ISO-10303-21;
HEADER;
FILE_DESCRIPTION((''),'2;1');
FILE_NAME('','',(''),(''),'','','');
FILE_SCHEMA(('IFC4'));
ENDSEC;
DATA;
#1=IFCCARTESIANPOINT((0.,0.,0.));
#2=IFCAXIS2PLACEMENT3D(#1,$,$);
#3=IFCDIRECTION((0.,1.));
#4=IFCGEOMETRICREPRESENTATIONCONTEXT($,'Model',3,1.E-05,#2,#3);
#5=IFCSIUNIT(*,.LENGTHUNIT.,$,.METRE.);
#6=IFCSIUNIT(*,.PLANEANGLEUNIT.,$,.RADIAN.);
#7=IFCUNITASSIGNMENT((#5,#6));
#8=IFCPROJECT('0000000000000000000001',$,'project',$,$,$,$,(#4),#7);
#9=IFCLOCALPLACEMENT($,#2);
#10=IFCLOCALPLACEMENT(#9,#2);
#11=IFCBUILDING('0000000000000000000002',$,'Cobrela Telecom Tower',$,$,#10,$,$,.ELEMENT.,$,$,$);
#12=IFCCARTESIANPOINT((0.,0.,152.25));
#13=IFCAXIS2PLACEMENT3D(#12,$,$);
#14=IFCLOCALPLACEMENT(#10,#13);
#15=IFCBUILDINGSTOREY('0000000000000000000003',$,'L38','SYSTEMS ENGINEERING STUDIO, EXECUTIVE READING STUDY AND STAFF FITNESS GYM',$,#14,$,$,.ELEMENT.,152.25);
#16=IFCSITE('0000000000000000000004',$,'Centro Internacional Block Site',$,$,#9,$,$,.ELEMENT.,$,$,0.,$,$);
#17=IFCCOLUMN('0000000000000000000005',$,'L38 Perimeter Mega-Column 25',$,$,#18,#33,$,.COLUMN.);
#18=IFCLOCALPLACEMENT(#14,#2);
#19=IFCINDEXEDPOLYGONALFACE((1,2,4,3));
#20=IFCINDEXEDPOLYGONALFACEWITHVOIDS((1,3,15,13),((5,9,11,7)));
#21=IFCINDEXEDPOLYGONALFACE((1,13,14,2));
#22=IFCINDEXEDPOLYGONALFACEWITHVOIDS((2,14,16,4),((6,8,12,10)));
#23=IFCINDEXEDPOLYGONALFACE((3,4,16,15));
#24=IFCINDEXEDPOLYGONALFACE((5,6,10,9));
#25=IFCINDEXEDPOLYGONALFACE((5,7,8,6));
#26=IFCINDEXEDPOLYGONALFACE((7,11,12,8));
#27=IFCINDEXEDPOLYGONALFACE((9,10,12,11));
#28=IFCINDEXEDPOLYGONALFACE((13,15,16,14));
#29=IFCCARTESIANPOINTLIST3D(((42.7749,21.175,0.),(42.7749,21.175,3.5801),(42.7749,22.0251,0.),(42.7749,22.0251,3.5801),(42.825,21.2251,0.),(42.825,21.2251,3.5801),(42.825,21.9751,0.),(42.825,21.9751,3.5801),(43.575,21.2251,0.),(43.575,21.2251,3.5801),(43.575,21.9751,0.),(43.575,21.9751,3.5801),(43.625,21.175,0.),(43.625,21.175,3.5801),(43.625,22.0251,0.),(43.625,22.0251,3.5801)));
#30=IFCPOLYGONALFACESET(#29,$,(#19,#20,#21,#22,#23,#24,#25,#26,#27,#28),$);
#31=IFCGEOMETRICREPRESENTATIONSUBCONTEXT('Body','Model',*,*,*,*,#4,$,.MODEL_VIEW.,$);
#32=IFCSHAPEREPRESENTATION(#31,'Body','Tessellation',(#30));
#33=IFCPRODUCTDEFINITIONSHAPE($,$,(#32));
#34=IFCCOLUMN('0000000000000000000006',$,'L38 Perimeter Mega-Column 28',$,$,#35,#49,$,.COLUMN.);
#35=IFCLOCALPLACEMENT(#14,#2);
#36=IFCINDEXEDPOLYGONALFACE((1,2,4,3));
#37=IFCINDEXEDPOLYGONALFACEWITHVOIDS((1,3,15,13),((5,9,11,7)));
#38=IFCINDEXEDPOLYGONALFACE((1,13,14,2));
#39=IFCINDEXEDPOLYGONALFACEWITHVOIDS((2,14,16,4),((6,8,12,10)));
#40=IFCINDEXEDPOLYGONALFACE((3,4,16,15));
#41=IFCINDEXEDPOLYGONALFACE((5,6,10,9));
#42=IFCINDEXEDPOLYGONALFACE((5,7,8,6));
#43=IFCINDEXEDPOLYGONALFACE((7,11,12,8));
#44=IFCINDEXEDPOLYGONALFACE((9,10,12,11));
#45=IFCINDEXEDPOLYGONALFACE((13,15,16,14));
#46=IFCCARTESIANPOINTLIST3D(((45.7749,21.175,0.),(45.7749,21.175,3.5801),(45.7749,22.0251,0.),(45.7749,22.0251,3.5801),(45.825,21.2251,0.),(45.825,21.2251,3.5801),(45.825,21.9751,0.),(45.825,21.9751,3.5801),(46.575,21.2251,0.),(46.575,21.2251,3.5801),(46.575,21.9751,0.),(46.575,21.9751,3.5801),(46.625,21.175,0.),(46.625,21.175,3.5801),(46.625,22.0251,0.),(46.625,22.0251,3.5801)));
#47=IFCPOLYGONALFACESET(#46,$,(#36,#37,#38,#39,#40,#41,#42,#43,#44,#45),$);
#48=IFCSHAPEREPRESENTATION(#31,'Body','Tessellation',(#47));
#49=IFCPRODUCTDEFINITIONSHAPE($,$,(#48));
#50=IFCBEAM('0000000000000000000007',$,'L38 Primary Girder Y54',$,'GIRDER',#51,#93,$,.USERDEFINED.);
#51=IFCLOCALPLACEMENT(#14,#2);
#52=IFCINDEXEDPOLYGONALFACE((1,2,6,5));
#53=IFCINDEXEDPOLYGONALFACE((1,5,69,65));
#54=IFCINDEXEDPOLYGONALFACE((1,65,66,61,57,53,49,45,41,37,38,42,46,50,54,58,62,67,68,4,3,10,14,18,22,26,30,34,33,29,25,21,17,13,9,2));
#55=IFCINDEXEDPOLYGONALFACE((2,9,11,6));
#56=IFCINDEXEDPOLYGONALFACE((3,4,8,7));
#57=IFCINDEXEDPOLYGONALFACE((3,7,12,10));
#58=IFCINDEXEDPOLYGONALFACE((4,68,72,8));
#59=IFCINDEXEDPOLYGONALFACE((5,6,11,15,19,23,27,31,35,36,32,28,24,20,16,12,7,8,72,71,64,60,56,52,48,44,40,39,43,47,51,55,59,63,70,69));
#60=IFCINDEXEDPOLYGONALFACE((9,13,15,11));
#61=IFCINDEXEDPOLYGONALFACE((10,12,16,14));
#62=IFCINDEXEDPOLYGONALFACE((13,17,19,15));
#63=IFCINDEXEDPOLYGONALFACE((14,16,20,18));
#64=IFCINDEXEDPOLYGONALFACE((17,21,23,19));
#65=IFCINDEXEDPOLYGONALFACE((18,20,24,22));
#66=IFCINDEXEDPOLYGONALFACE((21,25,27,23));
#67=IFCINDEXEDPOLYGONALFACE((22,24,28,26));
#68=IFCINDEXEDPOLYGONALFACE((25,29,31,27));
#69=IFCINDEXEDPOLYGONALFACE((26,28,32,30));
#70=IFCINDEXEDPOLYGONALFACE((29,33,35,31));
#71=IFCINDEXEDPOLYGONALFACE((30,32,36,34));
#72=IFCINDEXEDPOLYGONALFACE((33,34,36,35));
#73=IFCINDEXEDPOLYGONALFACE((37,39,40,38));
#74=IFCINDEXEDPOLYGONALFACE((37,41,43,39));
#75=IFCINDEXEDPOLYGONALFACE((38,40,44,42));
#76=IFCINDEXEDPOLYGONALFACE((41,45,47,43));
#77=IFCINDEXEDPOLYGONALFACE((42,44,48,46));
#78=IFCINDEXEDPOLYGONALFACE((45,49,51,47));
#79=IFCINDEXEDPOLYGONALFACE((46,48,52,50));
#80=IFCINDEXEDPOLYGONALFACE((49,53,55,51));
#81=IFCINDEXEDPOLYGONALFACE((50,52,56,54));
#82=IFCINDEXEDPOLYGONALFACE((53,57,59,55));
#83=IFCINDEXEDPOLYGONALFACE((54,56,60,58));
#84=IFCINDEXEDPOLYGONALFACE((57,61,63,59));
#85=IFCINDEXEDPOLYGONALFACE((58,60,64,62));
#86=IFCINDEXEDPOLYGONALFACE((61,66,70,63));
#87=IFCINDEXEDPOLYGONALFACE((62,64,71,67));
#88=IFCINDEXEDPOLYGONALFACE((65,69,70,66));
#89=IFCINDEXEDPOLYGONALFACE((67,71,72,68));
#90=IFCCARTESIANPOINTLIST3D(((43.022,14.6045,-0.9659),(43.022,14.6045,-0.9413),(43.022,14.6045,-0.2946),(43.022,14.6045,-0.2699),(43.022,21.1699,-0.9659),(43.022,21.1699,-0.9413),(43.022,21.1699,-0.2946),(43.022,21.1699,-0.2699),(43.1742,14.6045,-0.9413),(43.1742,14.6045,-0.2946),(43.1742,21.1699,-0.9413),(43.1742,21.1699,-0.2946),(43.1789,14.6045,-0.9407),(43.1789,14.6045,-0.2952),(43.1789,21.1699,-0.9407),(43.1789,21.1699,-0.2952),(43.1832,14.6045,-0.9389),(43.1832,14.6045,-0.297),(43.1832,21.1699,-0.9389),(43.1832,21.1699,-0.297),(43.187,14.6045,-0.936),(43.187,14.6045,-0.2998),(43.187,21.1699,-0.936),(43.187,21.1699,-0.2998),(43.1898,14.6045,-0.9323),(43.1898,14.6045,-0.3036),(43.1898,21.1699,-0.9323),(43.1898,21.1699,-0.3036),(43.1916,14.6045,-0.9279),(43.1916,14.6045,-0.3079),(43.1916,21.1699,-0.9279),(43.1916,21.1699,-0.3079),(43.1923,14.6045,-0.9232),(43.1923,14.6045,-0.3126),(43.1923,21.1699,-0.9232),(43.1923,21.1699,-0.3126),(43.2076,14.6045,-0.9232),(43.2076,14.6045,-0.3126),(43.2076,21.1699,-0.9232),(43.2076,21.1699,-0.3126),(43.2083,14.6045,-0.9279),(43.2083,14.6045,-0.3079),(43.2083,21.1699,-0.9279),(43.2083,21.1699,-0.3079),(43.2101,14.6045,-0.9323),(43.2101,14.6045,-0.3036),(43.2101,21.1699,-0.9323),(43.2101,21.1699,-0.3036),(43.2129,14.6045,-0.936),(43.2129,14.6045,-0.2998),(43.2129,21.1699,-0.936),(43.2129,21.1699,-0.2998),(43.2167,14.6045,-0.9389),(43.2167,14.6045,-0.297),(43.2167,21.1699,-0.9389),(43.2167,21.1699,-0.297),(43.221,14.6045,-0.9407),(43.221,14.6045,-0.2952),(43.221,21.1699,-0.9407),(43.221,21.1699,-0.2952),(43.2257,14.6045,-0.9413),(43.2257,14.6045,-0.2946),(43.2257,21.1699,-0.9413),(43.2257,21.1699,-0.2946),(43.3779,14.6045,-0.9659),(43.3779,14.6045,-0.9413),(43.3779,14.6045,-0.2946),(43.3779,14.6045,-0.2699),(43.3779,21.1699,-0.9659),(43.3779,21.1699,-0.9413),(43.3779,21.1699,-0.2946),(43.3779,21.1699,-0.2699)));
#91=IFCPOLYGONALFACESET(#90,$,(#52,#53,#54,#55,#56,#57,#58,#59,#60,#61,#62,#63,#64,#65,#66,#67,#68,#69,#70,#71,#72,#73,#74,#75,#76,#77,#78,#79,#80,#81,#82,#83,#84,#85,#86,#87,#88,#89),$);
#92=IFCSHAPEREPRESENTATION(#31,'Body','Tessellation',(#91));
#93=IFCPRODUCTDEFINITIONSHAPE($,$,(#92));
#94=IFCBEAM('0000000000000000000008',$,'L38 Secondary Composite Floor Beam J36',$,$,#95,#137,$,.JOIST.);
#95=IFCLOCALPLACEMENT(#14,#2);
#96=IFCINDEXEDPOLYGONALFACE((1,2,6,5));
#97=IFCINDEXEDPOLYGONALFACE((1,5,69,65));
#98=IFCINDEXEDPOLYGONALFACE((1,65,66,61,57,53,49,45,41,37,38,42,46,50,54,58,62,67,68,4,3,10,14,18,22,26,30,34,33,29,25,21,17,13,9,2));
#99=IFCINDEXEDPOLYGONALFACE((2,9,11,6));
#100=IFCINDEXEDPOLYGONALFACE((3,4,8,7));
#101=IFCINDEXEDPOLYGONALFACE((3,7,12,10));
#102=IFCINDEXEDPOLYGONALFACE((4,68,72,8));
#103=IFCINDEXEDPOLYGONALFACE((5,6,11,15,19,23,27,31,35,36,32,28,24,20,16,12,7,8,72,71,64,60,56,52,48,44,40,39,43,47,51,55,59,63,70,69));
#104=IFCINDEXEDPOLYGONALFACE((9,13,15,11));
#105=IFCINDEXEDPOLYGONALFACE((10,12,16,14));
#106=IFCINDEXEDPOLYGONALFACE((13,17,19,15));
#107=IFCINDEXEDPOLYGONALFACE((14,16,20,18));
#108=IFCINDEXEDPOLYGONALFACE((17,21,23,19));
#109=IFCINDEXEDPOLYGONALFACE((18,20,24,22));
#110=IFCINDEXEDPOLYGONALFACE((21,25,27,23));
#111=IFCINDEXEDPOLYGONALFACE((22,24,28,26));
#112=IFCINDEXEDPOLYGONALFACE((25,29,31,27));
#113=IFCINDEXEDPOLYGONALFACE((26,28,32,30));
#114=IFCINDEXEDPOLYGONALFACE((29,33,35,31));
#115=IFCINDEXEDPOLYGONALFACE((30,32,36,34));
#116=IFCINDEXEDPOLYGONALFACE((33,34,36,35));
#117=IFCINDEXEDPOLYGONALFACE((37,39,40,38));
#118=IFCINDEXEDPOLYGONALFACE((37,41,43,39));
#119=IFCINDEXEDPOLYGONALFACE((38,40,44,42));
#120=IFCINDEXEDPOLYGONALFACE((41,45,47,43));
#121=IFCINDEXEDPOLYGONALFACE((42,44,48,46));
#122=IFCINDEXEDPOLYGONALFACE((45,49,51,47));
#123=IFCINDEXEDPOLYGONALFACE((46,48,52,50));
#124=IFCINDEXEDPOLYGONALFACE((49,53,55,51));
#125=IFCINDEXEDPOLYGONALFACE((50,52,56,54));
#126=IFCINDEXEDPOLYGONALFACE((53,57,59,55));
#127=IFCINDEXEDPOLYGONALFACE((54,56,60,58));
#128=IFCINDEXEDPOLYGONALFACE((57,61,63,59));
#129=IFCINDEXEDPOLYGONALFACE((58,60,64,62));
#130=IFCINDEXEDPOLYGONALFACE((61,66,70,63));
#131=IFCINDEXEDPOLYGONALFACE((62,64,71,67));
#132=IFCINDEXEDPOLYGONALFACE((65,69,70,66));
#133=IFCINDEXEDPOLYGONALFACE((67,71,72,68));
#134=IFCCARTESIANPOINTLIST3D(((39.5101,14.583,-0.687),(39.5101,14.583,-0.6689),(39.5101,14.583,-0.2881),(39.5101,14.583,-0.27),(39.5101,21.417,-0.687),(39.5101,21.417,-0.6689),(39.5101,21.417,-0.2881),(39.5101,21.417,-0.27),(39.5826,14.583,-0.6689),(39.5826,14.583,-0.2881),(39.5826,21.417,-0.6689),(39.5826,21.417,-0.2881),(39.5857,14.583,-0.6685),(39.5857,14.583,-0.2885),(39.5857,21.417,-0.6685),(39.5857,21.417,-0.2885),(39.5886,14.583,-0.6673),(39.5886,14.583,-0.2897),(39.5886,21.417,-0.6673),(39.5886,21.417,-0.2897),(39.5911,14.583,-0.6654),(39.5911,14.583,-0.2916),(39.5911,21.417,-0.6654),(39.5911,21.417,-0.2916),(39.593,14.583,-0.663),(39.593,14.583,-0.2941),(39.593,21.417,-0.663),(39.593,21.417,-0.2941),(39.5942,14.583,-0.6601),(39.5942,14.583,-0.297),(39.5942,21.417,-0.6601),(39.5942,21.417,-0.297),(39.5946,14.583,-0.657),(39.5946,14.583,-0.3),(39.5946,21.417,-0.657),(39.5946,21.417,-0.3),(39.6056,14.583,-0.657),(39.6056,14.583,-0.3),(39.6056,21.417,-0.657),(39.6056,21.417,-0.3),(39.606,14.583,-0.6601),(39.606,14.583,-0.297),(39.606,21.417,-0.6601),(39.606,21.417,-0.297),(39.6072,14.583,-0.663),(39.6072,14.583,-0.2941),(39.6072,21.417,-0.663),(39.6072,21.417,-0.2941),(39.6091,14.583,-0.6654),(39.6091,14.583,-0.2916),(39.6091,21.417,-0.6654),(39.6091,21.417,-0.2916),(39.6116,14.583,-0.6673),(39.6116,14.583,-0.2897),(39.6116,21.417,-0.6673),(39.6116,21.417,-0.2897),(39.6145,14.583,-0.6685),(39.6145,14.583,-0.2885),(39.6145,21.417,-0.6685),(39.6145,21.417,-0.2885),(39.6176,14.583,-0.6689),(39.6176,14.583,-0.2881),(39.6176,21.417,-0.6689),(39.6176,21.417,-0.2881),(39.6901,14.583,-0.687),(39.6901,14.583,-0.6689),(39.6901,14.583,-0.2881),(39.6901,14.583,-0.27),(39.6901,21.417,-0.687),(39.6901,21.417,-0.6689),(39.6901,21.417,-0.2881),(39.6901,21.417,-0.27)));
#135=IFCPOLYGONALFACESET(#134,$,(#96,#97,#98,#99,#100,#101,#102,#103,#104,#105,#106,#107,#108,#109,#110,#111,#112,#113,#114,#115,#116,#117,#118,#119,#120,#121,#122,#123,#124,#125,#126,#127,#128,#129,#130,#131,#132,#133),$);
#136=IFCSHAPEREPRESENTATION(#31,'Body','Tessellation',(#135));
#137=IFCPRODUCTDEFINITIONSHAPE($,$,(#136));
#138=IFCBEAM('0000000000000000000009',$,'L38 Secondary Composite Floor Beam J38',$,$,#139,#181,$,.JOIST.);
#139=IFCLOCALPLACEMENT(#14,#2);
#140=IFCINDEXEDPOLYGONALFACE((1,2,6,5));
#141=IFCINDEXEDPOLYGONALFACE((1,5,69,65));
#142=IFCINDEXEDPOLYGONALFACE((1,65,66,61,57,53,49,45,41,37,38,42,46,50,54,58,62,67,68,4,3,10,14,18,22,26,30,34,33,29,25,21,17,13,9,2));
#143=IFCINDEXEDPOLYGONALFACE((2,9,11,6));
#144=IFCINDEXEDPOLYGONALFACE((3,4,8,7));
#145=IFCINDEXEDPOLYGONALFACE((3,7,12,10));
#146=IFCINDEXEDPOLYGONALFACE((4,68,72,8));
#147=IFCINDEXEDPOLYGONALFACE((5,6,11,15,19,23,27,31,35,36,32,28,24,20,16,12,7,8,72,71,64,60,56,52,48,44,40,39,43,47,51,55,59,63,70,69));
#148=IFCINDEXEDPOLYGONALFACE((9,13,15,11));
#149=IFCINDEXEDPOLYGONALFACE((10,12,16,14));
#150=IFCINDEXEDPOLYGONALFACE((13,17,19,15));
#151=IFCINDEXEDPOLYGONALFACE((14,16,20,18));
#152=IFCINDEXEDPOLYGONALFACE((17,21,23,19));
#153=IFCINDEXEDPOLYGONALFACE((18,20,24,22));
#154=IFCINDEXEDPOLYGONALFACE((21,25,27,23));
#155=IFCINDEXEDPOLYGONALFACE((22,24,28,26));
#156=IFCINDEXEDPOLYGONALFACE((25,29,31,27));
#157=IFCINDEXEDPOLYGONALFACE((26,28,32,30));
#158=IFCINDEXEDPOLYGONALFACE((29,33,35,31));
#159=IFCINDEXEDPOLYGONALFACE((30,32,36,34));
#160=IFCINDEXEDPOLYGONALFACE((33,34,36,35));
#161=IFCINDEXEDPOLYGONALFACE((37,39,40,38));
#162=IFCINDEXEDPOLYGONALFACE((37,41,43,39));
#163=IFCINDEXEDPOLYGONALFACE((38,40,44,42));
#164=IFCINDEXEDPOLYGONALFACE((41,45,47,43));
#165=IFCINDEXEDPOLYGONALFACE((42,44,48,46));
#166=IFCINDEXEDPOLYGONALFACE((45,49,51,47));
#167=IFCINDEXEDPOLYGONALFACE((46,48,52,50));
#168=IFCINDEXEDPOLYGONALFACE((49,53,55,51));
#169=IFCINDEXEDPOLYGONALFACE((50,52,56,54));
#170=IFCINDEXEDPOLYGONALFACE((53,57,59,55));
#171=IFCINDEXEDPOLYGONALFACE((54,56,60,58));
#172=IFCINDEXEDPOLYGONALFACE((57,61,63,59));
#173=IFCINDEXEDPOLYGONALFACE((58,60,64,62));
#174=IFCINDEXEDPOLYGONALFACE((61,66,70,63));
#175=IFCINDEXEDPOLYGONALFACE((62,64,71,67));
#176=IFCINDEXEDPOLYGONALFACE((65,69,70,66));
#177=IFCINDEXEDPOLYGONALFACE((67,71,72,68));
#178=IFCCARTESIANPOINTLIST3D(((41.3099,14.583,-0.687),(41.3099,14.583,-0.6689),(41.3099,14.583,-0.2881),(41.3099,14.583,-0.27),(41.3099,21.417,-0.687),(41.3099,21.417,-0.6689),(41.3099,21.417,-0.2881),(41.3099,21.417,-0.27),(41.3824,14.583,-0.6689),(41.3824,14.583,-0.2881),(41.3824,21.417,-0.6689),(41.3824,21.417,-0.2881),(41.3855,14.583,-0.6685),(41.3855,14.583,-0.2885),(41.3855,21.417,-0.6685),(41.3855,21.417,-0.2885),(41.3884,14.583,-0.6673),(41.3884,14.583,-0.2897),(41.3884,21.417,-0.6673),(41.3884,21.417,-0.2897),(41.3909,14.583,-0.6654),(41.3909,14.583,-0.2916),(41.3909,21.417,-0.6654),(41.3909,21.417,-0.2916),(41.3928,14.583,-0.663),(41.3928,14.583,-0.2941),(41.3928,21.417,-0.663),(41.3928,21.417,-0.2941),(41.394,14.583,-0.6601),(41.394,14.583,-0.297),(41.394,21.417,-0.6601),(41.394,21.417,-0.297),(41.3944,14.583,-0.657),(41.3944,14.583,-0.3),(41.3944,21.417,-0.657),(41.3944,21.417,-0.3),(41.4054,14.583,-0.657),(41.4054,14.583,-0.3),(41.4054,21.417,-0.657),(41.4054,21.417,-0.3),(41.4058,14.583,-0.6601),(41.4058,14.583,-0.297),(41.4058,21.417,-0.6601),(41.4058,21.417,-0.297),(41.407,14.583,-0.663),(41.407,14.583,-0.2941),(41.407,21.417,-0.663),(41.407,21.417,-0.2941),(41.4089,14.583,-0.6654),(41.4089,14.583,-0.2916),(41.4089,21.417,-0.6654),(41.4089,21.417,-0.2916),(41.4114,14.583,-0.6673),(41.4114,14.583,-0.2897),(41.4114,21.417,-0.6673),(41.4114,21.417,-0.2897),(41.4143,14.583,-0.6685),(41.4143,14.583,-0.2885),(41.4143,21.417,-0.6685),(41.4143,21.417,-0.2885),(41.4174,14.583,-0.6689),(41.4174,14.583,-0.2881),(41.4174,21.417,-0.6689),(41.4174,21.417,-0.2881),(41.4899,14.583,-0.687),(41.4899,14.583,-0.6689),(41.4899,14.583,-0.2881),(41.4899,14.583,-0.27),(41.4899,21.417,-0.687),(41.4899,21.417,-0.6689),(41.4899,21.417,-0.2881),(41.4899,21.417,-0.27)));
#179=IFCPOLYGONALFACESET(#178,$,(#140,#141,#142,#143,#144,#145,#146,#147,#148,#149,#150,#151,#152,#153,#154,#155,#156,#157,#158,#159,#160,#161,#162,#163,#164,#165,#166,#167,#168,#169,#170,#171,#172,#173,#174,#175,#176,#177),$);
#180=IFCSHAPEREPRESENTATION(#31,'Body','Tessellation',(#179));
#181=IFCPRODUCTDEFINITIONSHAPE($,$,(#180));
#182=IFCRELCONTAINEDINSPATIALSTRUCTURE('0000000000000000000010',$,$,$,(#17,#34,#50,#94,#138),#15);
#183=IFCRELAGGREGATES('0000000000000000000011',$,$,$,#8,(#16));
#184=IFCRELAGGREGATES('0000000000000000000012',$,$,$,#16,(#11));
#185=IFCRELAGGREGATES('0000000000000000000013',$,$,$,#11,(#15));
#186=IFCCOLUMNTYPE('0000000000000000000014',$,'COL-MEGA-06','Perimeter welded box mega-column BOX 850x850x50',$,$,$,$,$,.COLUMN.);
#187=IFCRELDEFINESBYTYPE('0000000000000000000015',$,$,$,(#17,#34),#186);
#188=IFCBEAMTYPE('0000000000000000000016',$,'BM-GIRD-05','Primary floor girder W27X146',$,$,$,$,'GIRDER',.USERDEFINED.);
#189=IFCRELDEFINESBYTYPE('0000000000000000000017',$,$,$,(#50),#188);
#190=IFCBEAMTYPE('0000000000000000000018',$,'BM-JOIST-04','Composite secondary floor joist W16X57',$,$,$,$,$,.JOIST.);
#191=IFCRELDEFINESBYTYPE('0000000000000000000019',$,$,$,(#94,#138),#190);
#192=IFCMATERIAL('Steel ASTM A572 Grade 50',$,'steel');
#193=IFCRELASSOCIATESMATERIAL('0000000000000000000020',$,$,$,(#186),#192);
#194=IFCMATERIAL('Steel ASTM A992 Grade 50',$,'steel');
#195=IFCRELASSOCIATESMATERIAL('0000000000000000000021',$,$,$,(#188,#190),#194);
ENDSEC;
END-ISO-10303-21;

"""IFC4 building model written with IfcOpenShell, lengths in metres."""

from ifc_helpers import new_model, si_unit, direction, frame, origin, origin_2d, place, context, subcontext, project, spatial, hollow_rectangle, i_section, extrude, material, material_profile, profile_set, type_object, element, save


model = new_model("IFC4")

# Units and contexts
model_context = context("Model", 3, precision=1e-05, world=origin(), true_north=direction((0.0, 1.0)))
body_context = subcontext(model_context, "Body", "Model", "MODEL_VIEW")
ifc_project = project(units=[si_unit("LENGTHUNIT", "METRE"), si_unit("PLANEANGLEUNIT", "RADIAN")], contexts=[model_context])

# Site, building, storey
site_placement = place(None, origin())
site = spatial("IfcSite", under=ifc_project, at=site_placement, Name="Centro Internacional Block Site", CompositionType="ELEMENT", RefElevation=0.0)
building_placement = place(site_placement, origin())
building = spatial("IfcBuilding", under=site, at=building_placement, Name="Cobrela Telecom Tower", CompositionType="ELEMENT")
storey_placement = place(building_placement, frame((0.0, 0.0, 152.25)))
storey = spatial("IfcBuildingStorey", under=building, at=storey_placement, Name="L38", Description="SYSTEMS ENGINEERING STUDIO, EXECUTIVE READING STUDY AND STAFF FITNESS GYM", CompositionType="ELEMENT", Elevation=152.25)

# Columns
ifc_material_1 = material(Name="Steel ASTM A572 Grade 50", Category="steel")
ifc_material_profile_1 = material_profile(ifc_material_1, hollow_rectangle(XDim=0.8501, YDim=0.8501, WallThickness=0.05, at=origin_2d()), Name="BOX 850x850x50")
ifc_profile_set_1 = profile_set([ifc_material_profile_1], Name="Steel ASTM A572 Grade 50")
column_type = type_object("IfcColumnType", Name="COL-MEGA-06", Description="Perimeter welded box mega-column BOX 850x850x50", PredefinedType="COLUMN", material=ifc_profile_set_1)
for number, where, z_axis, x_axis, name in (
    (1, (43.2, 21.6001, 0.0), (0.0, 0.0, 1.0), (1.0, 0.0, 0.0), "L38 Perimeter Mega-Column 25"),
    (2, (46.2, 21.6001, 0.0), (0.0, 0.0, 1.0), (1.0, 0.0, 0.0), "L38 Perimeter Mega-Column 28"),
):
    element("IfcColumn", number, at=place(storey_placement, frame(where, z_axis=z_axis, x_axis=x_axis)), inside=storey, type_object=column_type, Name=name, PredefinedType="COLUMN", context=body_context, shape_type="SweptSolid", body=[
        extrude(hollow_rectangle(XDim=0.8501, YDim=0.8501, WallThickness=0.05, at=origin_2d()), origin(), (0.0, 0.0, 1.0), 3.5801),
    ])

# Beams
ifc_material_2 = material(Name="Steel ASTM A992 Grade 50", Category="steel")
ifc_material_profile_2 = material_profile(ifc_material_2, i_section(OverallWidth=0.356, OverallDepth=0.696, WebThickness=0.0154, FlangeThickness=0.0247, FilletRadius=0.0181, at=origin_2d()), Name="W27X146")
ifc_profile_set_2 = profile_set([ifc_material_profile_2], Name="Steel ASTM A992 Grade 50")
beam_type_1 = type_object("IfcBeamType", Name="BM-GIRD-05", Description="Primary floor girder W27X146", ElementType="GIRDER", PredefinedType="USERDEFINED", material=ifc_profile_set_2)
beam_1_placement = place(storey_placement, frame((43.2, 14.6045, -0.6179), z_axis=(0.0, 1.0, 0.0), x_axis=(-1.0, 0.0, 0.0)))
element("IfcBeam", 3, at=beam_1_placement, inside=storey, type_object=beam_type_1, Name="L38 Primary Girder Y54", ObjectType="GIRDER", PredefinedType="USERDEFINED", context=body_context, shape_type="SweptSolid", body=[
    extrude(i_section(OverallWidth=0.356, OverallDepth=0.696, WebThickness=0.0154, FlangeThickness=0.0247, FilletRadius=0.0181, at=origin_2d()), origin(), (0.0, 0.0, 1.0), 6.5654),
])
ifc_material_profile_3 = material_profile(ifc_material_2, i_section(OverallWidth=0.1799, OverallDepth=0.417, WebThickness=0.011, FlangeThickness=0.0181, FilletRadius=0.012, at=origin_2d()), Name="W16X57")
ifc_profile_set_3 = profile_set([ifc_material_profile_3], Name="Steel ASTM A992 Grade 50")
beam_type_2 = type_object("IfcBeamType", Name="BM-JOIST-04", Description="Composite secondary floor joist W16X57", PredefinedType="JOIST", material=ifc_profile_set_3)
for number, where, z_axis, x_axis, name in (
    (4, (39.6001, 14.583, -0.4785), (0.0, 1.0, 0.0), (-1.0, 0.0, 0.0), "L38 Secondary Composite Floor Beam J36"),
    (5, (41.3999, 14.583, -0.4785), (0.0, 1.0, 0.0), (-1.0, 0.0, 0.0), "L38 Secondary Composite Floor Beam J38"),
):
    element("IfcBeam", number, at=place(storey_placement, frame(where, z_axis=z_axis, x_axis=x_axis)), inside=storey, type_object=beam_type_2, Name=name, PredefinedType="JOIST", context=body_context, shape_type="SweptSolid", body=[
        extrude(i_section(OverallWidth=0.1799, OverallDepth=0.417, WebThickness=0.011, FlangeThickness=0.0181, FilletRadius=0.012, at=origin_2d()), origin(), (0.0, 0.0, 1.0), 6.834),
    ])

save(model, "model.ifc")
